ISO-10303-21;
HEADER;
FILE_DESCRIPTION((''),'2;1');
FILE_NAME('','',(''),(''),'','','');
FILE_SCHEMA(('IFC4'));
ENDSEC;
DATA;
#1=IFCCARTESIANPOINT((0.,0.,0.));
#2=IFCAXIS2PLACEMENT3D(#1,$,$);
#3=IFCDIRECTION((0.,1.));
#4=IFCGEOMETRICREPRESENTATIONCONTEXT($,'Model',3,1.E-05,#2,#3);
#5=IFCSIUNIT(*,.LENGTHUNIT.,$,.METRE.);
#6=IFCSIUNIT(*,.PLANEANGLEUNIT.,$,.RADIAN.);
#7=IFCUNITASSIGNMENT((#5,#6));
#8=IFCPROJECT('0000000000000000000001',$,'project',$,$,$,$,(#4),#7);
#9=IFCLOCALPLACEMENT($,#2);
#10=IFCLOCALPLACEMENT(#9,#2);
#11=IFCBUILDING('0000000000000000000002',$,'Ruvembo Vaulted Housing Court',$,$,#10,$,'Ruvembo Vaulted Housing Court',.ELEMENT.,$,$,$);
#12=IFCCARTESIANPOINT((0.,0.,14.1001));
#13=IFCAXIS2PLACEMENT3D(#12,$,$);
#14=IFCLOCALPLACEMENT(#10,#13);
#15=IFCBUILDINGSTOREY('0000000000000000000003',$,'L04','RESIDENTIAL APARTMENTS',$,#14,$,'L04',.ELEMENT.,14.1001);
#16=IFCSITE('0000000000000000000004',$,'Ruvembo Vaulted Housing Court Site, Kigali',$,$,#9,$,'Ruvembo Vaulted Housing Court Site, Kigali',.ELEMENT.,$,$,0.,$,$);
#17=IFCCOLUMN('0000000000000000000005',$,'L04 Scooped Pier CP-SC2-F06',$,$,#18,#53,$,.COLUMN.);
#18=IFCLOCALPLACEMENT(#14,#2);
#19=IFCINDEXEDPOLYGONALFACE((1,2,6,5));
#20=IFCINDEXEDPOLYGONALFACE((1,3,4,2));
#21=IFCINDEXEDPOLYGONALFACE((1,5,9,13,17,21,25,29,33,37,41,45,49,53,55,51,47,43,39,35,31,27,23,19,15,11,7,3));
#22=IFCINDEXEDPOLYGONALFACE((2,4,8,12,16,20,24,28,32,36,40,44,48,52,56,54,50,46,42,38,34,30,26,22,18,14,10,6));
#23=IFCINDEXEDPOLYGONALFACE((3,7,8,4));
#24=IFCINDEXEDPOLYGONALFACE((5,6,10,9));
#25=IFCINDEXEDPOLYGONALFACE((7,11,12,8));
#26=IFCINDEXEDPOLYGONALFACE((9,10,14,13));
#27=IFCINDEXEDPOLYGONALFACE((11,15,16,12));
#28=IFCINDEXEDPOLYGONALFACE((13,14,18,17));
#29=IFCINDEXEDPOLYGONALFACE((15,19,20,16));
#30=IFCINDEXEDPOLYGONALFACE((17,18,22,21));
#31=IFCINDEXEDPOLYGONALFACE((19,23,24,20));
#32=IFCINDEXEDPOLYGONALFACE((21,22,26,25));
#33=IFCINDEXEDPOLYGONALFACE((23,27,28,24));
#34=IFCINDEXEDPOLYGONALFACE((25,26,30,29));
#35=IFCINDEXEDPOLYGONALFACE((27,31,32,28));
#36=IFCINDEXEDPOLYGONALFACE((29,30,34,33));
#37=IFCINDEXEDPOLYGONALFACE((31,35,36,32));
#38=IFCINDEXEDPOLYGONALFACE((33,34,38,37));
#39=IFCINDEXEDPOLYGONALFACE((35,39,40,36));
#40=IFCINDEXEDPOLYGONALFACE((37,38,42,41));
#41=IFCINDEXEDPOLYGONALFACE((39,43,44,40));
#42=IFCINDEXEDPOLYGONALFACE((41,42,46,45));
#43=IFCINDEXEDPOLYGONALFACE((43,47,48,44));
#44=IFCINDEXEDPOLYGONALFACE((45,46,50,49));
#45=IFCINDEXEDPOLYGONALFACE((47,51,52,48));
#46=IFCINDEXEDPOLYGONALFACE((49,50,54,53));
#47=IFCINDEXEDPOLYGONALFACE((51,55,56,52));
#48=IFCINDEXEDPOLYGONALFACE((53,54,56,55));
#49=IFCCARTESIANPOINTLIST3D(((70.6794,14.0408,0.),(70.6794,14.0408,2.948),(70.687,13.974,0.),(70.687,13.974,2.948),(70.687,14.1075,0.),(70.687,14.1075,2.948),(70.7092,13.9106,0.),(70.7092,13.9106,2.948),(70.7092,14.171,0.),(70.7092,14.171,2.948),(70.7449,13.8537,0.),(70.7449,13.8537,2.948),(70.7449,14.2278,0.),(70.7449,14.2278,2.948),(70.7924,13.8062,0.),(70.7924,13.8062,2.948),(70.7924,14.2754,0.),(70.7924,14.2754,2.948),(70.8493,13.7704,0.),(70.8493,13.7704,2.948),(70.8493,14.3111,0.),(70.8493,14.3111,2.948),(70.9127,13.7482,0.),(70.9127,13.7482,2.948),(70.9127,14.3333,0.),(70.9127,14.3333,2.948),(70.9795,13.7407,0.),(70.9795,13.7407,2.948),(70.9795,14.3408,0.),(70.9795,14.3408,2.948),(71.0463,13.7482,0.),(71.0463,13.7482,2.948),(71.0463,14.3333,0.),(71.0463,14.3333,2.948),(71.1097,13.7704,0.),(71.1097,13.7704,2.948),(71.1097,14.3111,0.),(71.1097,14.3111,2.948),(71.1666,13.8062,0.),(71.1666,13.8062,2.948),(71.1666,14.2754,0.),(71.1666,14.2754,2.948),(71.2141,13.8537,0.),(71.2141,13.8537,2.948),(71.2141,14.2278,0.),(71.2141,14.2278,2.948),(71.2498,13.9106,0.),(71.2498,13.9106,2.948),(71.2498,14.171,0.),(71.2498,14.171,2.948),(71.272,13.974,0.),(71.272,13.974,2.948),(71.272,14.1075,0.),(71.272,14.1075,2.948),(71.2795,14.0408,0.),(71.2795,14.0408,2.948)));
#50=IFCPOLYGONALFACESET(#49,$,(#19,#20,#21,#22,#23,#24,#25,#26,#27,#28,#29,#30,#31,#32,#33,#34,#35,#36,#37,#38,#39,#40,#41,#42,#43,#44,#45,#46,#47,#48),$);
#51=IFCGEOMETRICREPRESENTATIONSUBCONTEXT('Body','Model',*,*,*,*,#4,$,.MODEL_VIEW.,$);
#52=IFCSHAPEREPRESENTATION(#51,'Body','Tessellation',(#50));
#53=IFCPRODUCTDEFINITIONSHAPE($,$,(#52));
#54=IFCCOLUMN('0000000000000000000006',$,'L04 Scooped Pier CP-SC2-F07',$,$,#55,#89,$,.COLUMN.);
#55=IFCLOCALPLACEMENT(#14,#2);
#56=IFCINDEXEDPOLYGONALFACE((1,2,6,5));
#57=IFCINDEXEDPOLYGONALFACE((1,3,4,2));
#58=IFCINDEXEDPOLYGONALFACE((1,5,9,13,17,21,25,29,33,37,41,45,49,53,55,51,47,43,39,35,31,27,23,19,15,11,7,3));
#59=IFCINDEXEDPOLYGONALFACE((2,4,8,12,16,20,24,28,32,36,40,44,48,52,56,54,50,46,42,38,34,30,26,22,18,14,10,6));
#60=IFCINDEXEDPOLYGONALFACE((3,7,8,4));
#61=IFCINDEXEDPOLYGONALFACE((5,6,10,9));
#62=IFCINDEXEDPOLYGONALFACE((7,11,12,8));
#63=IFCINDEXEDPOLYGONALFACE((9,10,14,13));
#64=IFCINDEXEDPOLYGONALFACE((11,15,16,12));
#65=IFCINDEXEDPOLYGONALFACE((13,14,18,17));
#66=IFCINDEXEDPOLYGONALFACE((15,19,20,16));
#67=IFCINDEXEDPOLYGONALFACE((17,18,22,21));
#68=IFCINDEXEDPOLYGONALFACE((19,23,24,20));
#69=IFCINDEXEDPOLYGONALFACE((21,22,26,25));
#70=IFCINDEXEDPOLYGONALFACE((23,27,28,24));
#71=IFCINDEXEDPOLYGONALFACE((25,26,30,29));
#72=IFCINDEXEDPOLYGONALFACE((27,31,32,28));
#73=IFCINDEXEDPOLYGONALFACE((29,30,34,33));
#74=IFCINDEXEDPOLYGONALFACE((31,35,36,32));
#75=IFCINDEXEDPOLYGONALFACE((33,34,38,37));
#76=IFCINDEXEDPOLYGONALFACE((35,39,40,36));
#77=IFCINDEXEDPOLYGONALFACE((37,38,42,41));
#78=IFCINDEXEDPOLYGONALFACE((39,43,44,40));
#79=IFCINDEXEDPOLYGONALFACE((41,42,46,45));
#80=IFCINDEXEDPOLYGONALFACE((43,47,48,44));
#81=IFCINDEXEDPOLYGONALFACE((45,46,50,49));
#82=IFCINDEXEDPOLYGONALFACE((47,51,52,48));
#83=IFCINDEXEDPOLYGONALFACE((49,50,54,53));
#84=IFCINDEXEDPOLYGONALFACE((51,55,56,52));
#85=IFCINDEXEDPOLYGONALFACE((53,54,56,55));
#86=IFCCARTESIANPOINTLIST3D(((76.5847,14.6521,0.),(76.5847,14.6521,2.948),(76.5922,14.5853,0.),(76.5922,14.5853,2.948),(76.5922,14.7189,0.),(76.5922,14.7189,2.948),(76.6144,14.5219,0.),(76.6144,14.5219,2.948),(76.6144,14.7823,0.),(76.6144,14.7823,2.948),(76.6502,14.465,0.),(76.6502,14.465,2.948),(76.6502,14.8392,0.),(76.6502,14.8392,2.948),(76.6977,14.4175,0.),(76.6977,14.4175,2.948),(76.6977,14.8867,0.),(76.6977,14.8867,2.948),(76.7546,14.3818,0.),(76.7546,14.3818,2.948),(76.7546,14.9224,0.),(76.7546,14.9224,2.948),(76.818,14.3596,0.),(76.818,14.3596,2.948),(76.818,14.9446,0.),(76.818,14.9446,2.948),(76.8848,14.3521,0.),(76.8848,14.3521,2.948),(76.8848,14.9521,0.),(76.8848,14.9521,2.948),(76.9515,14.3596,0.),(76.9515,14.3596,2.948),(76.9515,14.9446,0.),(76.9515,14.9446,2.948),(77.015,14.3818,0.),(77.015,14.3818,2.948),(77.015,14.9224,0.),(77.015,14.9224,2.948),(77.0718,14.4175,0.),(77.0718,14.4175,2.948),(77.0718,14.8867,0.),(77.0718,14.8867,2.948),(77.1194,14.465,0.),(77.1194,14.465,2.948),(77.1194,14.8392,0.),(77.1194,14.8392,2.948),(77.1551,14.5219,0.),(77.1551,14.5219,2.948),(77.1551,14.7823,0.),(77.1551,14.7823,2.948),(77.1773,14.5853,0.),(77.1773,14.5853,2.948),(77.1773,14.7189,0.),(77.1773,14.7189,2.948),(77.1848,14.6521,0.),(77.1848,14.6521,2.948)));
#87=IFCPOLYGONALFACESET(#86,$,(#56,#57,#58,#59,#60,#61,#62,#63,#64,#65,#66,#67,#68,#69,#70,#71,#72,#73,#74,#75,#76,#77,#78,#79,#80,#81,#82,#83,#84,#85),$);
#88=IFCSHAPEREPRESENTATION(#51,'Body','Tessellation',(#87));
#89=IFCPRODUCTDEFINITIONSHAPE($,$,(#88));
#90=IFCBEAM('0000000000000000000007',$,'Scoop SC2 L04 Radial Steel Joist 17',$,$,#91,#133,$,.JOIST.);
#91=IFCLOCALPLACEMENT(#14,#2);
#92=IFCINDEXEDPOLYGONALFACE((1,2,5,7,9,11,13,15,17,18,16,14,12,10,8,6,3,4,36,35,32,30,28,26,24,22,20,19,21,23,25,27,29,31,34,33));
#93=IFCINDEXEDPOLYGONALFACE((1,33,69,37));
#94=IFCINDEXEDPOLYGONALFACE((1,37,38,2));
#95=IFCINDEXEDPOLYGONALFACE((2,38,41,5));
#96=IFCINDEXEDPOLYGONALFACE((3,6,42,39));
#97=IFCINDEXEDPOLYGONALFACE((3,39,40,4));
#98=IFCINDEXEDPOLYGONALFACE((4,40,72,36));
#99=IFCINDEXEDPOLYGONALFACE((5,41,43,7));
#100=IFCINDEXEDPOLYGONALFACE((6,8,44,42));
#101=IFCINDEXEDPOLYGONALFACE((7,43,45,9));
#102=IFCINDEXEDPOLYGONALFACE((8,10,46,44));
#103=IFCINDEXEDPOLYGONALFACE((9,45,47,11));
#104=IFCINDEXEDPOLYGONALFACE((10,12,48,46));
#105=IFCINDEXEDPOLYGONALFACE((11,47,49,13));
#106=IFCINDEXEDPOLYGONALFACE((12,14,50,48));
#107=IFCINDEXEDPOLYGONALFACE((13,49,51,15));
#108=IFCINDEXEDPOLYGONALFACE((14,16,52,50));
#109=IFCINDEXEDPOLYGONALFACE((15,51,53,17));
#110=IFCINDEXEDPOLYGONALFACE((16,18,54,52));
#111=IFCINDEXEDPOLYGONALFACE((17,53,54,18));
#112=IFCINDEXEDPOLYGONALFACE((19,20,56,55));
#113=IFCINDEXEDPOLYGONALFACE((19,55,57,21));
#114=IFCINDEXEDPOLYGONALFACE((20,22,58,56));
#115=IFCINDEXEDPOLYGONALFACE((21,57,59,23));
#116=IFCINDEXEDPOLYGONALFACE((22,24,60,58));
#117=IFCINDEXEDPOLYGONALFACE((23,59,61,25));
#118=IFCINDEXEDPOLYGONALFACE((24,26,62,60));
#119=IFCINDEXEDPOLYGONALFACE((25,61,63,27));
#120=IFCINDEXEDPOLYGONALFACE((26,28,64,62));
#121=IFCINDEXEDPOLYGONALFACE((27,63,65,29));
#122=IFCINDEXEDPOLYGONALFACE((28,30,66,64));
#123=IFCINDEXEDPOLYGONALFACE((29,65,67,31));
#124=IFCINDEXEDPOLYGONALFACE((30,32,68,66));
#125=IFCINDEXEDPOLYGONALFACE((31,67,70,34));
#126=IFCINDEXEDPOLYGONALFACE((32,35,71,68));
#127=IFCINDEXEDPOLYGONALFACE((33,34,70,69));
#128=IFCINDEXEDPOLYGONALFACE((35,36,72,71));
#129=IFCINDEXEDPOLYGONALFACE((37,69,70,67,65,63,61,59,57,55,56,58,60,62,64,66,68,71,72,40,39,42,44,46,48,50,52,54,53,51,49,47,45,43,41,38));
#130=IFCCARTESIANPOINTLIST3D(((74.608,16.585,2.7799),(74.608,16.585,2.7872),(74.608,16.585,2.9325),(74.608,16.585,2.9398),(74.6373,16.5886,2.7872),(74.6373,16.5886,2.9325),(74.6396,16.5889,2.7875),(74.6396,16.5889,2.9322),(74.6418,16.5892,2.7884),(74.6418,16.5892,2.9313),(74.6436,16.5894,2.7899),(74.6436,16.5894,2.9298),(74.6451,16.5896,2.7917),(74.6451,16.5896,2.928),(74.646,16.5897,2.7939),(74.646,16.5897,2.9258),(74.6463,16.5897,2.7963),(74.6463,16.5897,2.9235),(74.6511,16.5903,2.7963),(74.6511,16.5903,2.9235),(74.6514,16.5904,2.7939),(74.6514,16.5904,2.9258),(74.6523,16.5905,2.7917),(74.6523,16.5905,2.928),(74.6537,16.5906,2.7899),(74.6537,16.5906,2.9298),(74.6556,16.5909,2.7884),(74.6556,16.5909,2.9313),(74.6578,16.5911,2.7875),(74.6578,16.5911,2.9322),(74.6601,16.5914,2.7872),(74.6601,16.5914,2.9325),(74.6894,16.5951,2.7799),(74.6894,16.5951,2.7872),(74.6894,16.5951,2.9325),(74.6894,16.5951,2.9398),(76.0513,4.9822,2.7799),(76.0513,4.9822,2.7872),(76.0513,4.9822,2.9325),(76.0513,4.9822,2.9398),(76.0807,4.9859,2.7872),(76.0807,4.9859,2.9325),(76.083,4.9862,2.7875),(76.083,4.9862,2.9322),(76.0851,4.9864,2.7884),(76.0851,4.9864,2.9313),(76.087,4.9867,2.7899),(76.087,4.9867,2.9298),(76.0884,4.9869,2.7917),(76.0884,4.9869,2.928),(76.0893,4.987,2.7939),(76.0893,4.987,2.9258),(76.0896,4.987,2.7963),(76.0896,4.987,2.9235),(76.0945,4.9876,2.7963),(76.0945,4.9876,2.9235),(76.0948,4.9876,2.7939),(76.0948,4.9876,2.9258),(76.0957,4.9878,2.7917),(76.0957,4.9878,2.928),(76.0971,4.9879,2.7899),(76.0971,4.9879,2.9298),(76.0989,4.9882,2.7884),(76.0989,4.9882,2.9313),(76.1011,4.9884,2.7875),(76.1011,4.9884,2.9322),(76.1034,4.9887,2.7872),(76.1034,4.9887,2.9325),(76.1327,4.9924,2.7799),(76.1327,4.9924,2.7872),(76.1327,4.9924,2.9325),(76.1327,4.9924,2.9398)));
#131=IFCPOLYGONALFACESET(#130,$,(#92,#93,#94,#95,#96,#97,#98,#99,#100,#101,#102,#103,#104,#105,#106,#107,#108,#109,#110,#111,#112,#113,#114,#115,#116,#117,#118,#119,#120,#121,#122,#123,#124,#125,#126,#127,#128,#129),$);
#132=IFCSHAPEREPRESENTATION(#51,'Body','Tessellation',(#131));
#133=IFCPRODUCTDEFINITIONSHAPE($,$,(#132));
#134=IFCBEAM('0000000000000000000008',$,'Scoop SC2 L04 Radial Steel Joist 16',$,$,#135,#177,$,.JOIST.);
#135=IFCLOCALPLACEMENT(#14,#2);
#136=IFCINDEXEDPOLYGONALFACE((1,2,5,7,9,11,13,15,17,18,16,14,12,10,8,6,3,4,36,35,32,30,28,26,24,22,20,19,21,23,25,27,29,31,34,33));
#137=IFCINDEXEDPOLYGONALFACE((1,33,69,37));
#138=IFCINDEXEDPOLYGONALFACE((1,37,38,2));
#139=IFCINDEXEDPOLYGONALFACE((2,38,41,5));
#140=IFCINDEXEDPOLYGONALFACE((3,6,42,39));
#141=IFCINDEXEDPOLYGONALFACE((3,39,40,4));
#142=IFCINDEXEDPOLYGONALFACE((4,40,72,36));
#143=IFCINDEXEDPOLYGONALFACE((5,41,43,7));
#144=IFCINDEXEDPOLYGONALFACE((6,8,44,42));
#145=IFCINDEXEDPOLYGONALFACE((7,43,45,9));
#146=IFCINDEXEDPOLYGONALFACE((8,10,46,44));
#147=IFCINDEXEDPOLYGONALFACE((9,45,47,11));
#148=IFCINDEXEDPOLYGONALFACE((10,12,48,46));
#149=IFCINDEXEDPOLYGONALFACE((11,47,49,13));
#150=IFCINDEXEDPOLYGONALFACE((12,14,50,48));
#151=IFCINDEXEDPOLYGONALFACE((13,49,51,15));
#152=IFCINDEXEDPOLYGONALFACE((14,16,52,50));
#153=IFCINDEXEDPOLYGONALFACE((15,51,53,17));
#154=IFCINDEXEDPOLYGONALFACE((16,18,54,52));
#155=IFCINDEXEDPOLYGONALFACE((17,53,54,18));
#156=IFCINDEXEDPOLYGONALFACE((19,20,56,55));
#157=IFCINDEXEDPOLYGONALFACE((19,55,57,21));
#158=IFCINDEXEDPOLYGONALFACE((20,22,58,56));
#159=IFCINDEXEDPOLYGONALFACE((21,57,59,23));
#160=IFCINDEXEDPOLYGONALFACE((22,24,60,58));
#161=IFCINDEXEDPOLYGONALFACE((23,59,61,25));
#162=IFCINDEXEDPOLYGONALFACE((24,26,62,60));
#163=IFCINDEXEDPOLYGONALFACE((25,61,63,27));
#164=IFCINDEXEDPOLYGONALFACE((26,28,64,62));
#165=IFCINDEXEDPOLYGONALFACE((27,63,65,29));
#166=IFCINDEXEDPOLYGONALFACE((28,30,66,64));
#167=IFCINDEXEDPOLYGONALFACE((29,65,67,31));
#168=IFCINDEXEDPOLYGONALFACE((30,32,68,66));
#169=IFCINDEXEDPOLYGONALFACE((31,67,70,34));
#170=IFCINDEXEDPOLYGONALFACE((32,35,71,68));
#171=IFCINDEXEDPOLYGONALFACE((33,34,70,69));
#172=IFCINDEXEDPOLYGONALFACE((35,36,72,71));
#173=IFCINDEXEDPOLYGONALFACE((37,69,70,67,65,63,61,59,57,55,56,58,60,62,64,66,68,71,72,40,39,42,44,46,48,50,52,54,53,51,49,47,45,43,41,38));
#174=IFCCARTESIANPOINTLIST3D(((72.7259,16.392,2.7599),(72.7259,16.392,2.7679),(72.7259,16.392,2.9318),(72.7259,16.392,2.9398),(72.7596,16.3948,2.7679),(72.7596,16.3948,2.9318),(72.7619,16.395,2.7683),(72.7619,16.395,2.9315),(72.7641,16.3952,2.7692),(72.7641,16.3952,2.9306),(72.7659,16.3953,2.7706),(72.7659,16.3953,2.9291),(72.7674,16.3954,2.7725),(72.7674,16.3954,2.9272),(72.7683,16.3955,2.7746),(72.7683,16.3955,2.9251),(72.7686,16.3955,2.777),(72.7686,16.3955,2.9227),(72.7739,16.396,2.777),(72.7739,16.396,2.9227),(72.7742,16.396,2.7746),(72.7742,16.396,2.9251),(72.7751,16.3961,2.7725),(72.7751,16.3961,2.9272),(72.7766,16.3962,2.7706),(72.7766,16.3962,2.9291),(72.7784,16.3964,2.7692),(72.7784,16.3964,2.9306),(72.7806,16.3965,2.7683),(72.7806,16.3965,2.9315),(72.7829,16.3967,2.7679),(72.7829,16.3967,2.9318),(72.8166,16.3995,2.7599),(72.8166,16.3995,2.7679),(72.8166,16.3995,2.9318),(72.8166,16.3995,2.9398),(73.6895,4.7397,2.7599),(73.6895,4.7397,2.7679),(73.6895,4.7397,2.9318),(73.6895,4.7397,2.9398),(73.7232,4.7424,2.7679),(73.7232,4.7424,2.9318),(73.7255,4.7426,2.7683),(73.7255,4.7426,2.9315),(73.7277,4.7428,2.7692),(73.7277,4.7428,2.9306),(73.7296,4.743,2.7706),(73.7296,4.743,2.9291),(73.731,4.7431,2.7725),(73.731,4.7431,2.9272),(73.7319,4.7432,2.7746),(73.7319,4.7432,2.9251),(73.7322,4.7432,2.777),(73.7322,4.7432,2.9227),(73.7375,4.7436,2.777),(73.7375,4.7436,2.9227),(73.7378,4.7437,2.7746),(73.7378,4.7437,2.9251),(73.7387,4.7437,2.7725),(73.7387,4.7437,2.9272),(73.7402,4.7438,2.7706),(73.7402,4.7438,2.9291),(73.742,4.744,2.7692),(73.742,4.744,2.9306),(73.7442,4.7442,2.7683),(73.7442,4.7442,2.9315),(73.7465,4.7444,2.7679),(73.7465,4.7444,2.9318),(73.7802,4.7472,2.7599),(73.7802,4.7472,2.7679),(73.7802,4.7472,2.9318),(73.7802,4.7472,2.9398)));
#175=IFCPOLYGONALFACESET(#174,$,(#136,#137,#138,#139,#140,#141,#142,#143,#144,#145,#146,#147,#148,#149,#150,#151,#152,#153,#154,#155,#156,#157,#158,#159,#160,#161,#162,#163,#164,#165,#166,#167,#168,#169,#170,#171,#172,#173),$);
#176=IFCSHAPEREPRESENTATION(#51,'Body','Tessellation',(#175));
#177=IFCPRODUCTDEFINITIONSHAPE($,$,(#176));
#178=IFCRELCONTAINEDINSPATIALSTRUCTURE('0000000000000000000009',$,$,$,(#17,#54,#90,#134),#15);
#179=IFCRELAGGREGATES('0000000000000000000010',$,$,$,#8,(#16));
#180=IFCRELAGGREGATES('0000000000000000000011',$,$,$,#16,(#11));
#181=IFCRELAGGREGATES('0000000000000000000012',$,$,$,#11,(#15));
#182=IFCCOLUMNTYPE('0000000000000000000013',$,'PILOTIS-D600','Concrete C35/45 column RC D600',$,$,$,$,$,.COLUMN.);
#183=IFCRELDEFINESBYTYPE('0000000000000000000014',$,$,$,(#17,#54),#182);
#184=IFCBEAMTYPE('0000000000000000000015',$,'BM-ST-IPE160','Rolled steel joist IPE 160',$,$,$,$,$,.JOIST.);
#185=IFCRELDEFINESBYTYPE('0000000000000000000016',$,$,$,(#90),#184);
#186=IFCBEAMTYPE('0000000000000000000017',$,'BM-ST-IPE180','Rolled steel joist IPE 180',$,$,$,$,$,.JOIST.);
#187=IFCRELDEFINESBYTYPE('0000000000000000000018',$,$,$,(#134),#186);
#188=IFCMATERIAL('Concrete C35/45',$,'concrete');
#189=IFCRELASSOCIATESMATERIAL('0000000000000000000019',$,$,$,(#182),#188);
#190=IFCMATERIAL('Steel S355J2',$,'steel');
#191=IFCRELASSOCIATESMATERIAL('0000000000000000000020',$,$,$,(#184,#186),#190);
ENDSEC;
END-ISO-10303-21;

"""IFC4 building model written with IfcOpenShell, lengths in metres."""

from ifc_helpers import new_model, si_unit, direction, frame, origin, origin_2d, place, context, subcontext, project, spatial, circle, i_section, extrude, material, material_profile, profile_set, type_object, element, save


model = new_model("IFC4")

# Units and contexts
model_context = context("Model", 3, precision=1e-05, world=origin(), true_north=direction((0.0, 1.0)))
body_context = subcontext(model_context, "Body", "Model", "MODEL_VIEW")
ifc_project = project(units=[si_unit("LENGTHUNIT", "METRE"), si_unit("PLANEANGLEUNIT", "RADIAN")], contexts=[model_context])

# Site, building, storey
site_placement = place(None, origin())
site = spatial("IfcSite", under=ifc_project, at=site_placement, Name="Ruvembo Vaulted Housing Court Site, Kigali", LongName="Ruvembo Vaulted Housing Court Site, Kigali", CompositionType="ELEMENT", RefElevation=0.0)
building_placement = place(site_placement, origin())
building = spatial("IfcBuilding", under=site, at=building_placement, Name="Ruvembo Vaulted Housing Court", LongName="Ruvembo Vaulted Housing Court", CompositionType="ELEMENT")
storey_placement = place(building_placement, frame((0.0, 0.0, 14.1001)))
storey = spatial("IfcBuildingStorey", under=building, at=storey_placement, Name="L04", Description="RESIDENTIAL APARTMENTS", LongName="L04", CompositionType="ELEMENT", Elevation=14.1001)

# Columns
ifc_material_1 = material(Name="Concrete C35/45", Category="concrete")
ifc_material_profile_1 = material_profile(ifc_material_1, circle(Radius=0.3, at=origin_2d()), Name="RC D600")
ifc_profile_set_1 = profile_set([ifc_material_profile_1], Name="Concrete C35/45")
column_type = type_object("IfcColumnType", Name="PILOTIS-D600", Description="Concrete C35/45 column RC D600", PredefinedType="COLUMN", material=ifc_profile_set_1)
for number, where, z_axis, x_axis, name in (
    (1, (70.9795, 14.0408, 0.0), (0.0, 0.0, 1.0), (1.0, 0.0, 0.0), "L04 Scooped Pier CP-SC2-F06"),
    (2, (76.8848, 14.6521, 0.0), (0.0, 0.0, 1.0), (1.0, 0.0, 0.0), "L04 Scooped Pier CP-SC2-F07"),
):
    element("IfcColumn", number, at=place(storey_placement, frame(where, z_axis=z_axis, x_axis=x_axis)), inside=storey, type_object=column_type, Name=name, PredefinedType="COLUMN", context=body_context, shape_type="SweptSolid", body=[
        extrude(circle(Radius=0.3, at=origin_2d()), origin(), (0.0, 0.0, 1.0), 2.948),
    ])

# Beams
ifc_material_2 = material(Name="Steel S355J2", Category="steel")
ifc_material_profile_2 = material_profile(ifc_material_2, i_section(OverallWidth=0.082, OverallDepth=0.1599, WebThickness=0.0049, FlangeThickness=0.0073, FilletRadius=0.009, at=origin_2d()), Name="IPE 160")
ifc_profile_set_2 = profile_set([ifc_material_profile_2], Name="Steel S355J2")
beam_type_1 = type_object("IfcBeamType", Name="BM-ST-IPE160", Description="Rolled steel joist IPE 160", PredefinedType="JOIST", material=ifc_profile_set_2)
beam_1_placement = place(storey_placement, frame((76.092, 4.9873, 2.8599), z_axis=(-0.123446, 0.992351, 0.0), x_axis=(-0.992351, -0.123446, 0.0)))
element("IfcBeam", 3, at=beam_1_placement, inside=storey, type_object=beam_type_1, Name="Scoop SC2 L04 Radial Steel Joist 17", PredefinedType="JOIST", context=body_context, shape_type="SweptSolid", body=[
    extrude(i_section(OverallWidth=0.082, OverallDepth=0.1599, WebThickness=0.0049, FlangeThickness=0.0073, FilletRadius=0.009, at=origin_2d()), origin(), (0.0, 0.0, 1.0), 11.6921),
])
ifc_material_profile_3 = material_profile(ifc_material_2, i_section(OverallWidth=0.0911, OverallDepth=0.1799, WebThickness=0.0054, FlangeThickness=0.0081, FilletRadius=0.009, at=origin_2d()), Name="IPE 180")
ifc_profile_set_3 = profile_set([ifc_material_profile_3], Name="Steel S355J2")
beam_type_2 = type_object("IfcBeamType", Name="BM-ST-IPE180", Description="Rolled steel joist IPE 180", PredefinedType="JOIST", material=ifc_profile_set_3)
beam_2_placement = place(storey_placement, frame((73.7349, 4.7434, 2.8499), z_axis=(-0.082416, 0.996598, 0.0), x_axis=(-0.996598, -0.082416, 0.0)))
element("IfcBeam", 4, at=beam_2_placement, inside=storey, type_object=beam_type_2, Name="Scoop SC2 L04 Radial Steel Joist 16", PredefinedType="JOIST", context=body_context, shape_type="SweptSolid", body=[
    extrude(i_section(OverallWidth=0.0911, OverallDepth=0.1799, WebThickness=0.0054, FlangeThickness=0.0081, FilletRadius=0.009, at=origin_2d()), origin(), (0.0, 0.0, 1.0), 11.6921),
])

save(model, "model.ifc")
